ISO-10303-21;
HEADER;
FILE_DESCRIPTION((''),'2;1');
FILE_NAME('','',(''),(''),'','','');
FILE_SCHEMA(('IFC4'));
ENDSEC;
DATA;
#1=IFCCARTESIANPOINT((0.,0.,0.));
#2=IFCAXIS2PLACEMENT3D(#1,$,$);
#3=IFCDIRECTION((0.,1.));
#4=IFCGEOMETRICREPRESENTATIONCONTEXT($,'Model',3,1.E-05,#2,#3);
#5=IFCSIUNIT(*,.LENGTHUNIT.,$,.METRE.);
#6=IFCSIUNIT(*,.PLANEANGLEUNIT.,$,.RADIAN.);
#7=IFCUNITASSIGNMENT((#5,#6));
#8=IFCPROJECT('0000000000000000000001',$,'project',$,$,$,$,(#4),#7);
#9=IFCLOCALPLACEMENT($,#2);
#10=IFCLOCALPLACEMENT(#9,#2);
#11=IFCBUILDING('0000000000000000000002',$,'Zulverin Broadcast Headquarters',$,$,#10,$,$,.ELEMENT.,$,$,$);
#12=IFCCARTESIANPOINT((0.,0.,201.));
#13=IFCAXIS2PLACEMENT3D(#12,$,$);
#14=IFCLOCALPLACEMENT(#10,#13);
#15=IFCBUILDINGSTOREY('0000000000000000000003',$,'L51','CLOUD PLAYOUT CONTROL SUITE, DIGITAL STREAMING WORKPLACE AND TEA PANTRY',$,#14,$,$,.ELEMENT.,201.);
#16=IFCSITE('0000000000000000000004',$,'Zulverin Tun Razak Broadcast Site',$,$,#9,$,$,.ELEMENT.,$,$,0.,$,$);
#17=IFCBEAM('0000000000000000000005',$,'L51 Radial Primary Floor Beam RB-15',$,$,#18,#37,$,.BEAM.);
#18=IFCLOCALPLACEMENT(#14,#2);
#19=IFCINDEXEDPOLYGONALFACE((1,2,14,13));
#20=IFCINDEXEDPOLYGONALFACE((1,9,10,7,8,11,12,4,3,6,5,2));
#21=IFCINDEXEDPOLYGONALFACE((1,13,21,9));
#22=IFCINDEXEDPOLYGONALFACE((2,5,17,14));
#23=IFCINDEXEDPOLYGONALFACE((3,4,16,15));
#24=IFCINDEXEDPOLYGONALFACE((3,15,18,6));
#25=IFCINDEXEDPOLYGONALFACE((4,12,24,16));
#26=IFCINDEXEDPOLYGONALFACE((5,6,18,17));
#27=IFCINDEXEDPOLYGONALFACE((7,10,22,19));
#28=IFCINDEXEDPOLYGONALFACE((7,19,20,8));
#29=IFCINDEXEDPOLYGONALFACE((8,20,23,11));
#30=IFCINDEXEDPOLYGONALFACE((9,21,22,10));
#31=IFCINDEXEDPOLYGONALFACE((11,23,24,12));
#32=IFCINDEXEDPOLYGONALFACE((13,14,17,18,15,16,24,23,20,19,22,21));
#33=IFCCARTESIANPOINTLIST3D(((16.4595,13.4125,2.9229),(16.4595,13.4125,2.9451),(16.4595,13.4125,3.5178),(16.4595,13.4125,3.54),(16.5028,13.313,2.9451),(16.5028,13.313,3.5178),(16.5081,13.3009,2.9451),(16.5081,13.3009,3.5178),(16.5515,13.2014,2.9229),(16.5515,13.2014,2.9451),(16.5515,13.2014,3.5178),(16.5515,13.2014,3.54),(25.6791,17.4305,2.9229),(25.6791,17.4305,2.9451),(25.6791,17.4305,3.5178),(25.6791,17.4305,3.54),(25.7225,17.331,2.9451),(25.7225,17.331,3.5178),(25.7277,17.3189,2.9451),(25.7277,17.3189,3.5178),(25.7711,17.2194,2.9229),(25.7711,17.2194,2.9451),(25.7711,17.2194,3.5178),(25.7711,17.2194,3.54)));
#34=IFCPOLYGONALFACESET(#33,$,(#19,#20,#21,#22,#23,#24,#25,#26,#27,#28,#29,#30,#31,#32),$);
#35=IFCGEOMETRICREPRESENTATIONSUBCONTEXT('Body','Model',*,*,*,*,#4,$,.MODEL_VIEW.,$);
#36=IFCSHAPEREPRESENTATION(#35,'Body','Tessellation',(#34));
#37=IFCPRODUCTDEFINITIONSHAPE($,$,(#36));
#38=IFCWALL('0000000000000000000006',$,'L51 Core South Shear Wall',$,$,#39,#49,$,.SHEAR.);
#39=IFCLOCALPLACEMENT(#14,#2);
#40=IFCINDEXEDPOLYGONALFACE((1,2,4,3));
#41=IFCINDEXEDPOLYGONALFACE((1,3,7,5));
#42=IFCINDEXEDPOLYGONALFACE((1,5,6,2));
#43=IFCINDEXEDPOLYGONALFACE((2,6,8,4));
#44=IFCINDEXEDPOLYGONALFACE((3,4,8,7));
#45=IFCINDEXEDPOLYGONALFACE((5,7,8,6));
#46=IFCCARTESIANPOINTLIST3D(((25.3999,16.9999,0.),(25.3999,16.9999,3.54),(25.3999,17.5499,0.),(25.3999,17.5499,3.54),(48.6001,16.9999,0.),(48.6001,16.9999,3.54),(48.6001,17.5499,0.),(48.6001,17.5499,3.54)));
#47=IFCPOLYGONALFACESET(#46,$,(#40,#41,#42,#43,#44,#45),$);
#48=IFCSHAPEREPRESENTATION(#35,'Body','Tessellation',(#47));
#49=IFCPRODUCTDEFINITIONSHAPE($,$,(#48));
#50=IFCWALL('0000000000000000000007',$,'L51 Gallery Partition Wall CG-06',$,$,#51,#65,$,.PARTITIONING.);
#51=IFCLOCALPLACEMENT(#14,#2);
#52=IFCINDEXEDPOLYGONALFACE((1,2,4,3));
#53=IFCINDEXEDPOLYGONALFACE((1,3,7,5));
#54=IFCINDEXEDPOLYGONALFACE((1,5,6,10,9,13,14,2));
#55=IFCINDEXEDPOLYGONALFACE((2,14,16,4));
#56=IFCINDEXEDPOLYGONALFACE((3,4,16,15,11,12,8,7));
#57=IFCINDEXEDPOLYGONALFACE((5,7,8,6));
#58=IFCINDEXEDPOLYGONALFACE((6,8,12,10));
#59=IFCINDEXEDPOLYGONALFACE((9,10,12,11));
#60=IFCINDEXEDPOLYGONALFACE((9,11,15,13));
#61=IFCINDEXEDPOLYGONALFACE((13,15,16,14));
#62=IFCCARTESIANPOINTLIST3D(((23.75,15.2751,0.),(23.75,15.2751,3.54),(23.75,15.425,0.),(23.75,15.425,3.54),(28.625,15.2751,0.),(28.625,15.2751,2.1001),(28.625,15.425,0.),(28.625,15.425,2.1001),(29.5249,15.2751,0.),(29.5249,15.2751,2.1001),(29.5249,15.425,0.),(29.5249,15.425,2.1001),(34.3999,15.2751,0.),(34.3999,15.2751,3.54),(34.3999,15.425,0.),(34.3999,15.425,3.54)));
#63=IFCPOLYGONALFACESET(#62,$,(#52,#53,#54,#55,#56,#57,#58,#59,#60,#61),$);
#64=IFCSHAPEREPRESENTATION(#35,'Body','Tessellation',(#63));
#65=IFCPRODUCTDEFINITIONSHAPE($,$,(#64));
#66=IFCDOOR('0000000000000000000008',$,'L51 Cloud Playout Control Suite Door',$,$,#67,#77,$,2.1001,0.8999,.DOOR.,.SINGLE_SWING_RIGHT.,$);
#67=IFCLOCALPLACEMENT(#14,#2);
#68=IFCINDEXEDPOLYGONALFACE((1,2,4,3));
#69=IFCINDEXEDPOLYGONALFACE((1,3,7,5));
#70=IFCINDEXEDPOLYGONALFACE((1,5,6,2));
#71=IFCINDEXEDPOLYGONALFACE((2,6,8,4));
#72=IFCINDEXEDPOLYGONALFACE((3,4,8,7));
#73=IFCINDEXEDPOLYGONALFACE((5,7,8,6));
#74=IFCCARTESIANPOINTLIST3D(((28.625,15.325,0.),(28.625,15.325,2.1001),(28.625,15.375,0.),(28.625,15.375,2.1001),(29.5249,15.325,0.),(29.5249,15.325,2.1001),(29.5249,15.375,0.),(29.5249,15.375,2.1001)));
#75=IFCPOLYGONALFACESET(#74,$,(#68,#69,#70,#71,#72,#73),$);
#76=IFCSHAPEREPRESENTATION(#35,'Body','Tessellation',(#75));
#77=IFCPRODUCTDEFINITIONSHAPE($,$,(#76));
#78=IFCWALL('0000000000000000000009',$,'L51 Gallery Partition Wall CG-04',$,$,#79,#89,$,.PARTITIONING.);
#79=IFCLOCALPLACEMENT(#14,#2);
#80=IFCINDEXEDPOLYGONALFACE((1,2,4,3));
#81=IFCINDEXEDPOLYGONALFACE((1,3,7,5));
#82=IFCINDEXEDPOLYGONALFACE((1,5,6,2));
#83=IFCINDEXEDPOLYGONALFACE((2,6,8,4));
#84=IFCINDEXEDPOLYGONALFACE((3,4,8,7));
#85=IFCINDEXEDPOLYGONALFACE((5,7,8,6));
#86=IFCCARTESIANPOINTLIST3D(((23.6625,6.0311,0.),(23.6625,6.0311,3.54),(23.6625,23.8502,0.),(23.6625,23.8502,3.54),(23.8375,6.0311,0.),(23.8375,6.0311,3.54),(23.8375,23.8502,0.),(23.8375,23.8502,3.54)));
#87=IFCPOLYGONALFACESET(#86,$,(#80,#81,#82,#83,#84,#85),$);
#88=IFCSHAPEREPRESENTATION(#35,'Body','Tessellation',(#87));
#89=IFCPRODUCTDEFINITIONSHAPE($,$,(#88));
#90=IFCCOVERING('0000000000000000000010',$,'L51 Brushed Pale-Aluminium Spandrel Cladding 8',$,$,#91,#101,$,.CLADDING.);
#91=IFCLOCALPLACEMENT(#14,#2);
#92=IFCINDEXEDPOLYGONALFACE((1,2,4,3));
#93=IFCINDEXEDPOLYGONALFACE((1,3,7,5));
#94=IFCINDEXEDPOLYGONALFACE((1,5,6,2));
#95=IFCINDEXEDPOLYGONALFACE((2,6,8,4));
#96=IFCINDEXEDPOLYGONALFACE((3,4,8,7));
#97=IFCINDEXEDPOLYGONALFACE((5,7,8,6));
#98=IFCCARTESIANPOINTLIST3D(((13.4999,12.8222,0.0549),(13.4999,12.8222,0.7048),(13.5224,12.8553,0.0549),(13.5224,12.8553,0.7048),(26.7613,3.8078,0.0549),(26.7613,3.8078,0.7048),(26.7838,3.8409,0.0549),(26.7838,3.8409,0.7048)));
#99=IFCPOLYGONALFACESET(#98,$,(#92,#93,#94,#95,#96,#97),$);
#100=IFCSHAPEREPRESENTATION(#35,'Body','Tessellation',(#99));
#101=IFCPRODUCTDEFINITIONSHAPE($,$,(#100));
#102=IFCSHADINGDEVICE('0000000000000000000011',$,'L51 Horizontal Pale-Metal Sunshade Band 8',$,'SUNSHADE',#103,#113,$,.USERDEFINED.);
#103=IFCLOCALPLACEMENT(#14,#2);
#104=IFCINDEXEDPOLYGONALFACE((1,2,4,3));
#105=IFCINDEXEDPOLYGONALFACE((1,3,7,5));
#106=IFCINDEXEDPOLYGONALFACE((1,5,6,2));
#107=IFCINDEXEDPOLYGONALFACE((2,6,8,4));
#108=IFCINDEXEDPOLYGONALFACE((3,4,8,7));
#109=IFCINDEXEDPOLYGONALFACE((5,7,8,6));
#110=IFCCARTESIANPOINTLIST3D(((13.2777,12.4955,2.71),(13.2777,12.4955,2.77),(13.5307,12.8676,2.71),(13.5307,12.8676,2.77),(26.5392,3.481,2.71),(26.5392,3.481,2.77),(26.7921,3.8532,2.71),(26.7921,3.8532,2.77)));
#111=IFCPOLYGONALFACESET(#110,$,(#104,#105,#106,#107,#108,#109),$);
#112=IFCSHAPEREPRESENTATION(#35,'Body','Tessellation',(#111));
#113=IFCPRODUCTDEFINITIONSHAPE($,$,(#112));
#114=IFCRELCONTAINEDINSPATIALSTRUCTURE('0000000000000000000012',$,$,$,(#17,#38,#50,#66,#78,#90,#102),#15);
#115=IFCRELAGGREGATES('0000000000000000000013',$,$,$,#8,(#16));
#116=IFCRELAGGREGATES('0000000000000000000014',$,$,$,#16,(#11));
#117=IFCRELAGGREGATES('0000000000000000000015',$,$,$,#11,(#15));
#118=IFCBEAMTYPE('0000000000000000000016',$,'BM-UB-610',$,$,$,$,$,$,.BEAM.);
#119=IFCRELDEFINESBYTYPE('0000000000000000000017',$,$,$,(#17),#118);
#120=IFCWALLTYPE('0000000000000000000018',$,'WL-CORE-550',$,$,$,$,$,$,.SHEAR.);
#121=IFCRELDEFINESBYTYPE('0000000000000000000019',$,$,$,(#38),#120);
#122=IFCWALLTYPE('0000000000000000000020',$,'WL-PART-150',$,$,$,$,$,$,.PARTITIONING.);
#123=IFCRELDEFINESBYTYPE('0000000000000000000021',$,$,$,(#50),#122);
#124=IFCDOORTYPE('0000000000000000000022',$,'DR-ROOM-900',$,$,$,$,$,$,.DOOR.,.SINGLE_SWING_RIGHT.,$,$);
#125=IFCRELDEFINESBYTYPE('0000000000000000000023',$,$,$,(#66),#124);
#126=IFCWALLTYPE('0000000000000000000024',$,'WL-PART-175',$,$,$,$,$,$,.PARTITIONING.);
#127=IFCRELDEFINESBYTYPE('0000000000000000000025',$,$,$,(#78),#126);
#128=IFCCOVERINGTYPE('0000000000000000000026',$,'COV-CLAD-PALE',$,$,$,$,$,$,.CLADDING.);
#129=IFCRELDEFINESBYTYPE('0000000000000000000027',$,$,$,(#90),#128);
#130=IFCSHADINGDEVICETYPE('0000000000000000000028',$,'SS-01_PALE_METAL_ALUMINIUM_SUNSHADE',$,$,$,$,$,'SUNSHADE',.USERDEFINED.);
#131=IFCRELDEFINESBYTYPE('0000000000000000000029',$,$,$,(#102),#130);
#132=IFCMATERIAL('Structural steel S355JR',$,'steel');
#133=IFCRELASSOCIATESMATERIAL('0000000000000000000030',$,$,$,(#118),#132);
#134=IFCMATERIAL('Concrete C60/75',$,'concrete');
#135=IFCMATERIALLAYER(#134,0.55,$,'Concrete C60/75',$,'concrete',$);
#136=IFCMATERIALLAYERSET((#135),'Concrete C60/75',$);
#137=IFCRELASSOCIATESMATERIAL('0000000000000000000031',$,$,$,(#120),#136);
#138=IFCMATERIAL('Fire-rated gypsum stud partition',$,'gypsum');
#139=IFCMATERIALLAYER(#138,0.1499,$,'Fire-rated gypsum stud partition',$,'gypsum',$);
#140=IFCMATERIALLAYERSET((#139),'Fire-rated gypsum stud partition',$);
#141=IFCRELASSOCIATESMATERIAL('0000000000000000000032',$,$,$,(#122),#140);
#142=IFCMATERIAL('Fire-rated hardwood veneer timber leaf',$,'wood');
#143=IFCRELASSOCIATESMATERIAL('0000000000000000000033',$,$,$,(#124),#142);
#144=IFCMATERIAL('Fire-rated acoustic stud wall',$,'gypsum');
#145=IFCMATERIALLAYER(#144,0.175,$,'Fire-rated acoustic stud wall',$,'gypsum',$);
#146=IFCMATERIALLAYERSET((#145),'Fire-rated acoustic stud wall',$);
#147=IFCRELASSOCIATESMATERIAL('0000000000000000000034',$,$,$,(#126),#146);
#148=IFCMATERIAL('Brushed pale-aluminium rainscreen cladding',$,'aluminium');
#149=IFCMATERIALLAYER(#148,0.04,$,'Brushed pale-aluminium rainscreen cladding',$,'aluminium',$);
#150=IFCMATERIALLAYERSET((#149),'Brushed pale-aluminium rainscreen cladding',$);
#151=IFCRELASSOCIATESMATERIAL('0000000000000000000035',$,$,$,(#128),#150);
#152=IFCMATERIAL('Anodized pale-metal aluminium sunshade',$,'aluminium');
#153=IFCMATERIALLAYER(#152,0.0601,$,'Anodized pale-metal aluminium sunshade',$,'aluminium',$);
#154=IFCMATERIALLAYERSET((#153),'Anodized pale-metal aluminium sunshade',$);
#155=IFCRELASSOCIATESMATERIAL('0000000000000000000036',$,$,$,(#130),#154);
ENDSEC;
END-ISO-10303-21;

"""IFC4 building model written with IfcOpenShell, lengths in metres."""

from ifc_helpers import new_model, si_unit, direction, frame, frame_2d, origin, origin_2d, place, context, subcontext, project, spatial, rectangle, i_section, extrude, material, layer, layer_set, material_profile, profile_set, type_object, element, fill, save


model = new_model("IFC4")

# Units and contexts
model_context = context("Model", 3, precision=1e-05, world=origin(), true_north=direction((0.0, 1.0)))
body_context = subcontext(model_context, "Body", "Model", "MODEL_VIEW")
ifc_project = project(units=[si_unit("LENGTHUNIT", "METRE"), si_unit("PLANEANGLEUNIT", "RADIAN")], contexts=[model_context])

# Site, building, storey
site_placement = place(None, origin())
site = spatial("IfcSite", under=ifc_project, at=site_placement, Name="Zulverin Tun Razak Broadcast Site", CompositionType="ELEMENT", RefElevation=0.0)
building_placement = place(site_placement, origin())
building = spatial("IfcBuilding", under=site, at=building_placement, Name="Zulverin Broadcast Headquarters", CompositionType="ELEMENT")
storey_placement = place(building_placement, frame((0.0, 0.0, 201.0)))
storey = spatial("IfcBuildingStorey", under=building, at=storey_placement, Name="L51", Description="CLOUD PLAYOUT CONTROL SUITE, DIGITAL STREAMING WORKPLACE AND TEA PANTRY", CompositionType="ELEMENT", Elevation=201.0)

# Beam
ifc_material_1 = material(Name="Concrete C60/75", Category="concrete")
ifc_material_2 = material(Name="Structural steel S355JR", Category="steel")
ifc_material_profile_1 = material_profile(ifc_material_2, i_section(OverallWidth=0.2302, OverallDepth=0.6172, WebThickness=0.0132, FlangeThickness=0.0222, at=origin_2d()), Name="Structural steel S355JR", Category="steel")
ifc_profile_set_1 = profile_set([ifc_material_profile_1], Name="Structural steel S355JR")
beam_type_1 = type_object("IfcBeamType", Name="BM-UB-610", PredefinedType="BEAM", material=ifc_profile_set_1)
beam_1_placement = place(storey_placement, frame((25.7251, 17.325, 3.2314), z_axis=(-0.916725, -0.39952, 0.0), x_axis=(0.39952, -0.916725, 0.0)))
element("IfcBeam", 1, at=beam_1_placement, inside=storey, type_object=beam_type_1, Name="L51 Radial Primary Floor Beam RB-15", PredefinedType="BEAM", context=body_context, shape_type="SweptSolid", body=[
    extrude(i_section(OverallWidth=0.2302, OverallDepth=0.6172, WebThickness=0.0132, FlangeThickness=0.0222, at=origin_2d()), origin(), (0.0, 0.0, 1.0), 10.0571),
])

# Wall
ifc_layer_1 = layer(ifc_material_1, 0.55, Name="Concrete C60/75", Category="concrete")
ifc_layer_set_1 = layer_set([ifc_layer_1], Name="Concrete C60/75")
wall_type_1 = type_object("IfcWallType", Name="WL-CORE-550", PredefinedType="SHEAR", material=ifc_layer_set_1)
wall_1_placement = place(storey_placement, frame((25.3999, 17.2749, 0.0), z_axis=(0.0, 0.0, 1.0), x_axis=(1.0, 0.0, 0.0)))
element("IfcWall", 2, at=wall_1_placement, inside=storey, type_object=wall_type_1, Name="L51 Core South Shear Wall", PredefinedType="SHEAR", context=body_context, shape_type="SweptSolid", body=[
    extrude(rectangle(XDim=23.2002, YDim=0.55, at=frame_2d((11.6001, 0.0))), origin(), (0.0, 0.0, 1.0), 3.54),
])

# Wall, opening, door
ifc_material_3 = material(Name="Fire-rated gypsum stud partition", Category="gypsum")
ifc_layer_2 = layer(ifc_material_3, 0.1499, Name="Fire-rated gypsum stud partition", Category="gypsum")
ifc_layer_set_2 = layer_set([ifc_layer_2], Name="Fire-rated gypsum stud partition")
wall_type_2 = type_object("IfcWallType", Name="WL-PART-150", PredefinedType="PARTITIONING", material=ifc_layer_set_2)
wall_2_placement = place(storey_placement, frame((23.75, 15.3501, 0.0), z_axis=(0.0, 0.0, 1.0), x_axis=(1.0, 0.0, 0.0)))
wall_2 = element("IfcWall", 3, at=wall_2_placement, inside=storey, type_object=wall_type_2, Name="L51 Gallery Partition Wall CG-06", PredefinedType="PARTITIONING", context=body_context, shape_type="SweptSolid", body=[
    extrude(rectangle(XDim=10.6499, YDim=0.1499, at=frame_2d((5.325, 0.0))), origin(), (0.0, 0.0, 1.0), 3.54),
])
opening_1_placement = place(wall_2_placement, frame((4.875, 0.0, 0.0)))
opening_1 = element("IfcOpeningElement", 4, at=opening_1_placement, cuts=wall_2, PredefinedType="OPENING", context=body_context, shape_type="SweptSolid", body=[
    extrude(rectangle(XDim=0.8999, YDim=2.1001, at=frame_2d((0.45, 1.05))), frame((0.0, 0.085, 0.0), z_axis=(0.0, -1.0, 0.0), x_axis=(1.0, 0.0, 0.0)), (0.0, 0.0, 1.0), 0.1699),
])
ifc_material_4 = material(Name="Fire-rated hardwood veneer timber leaf", Category="wood")
door_type_1 = type_object("IfcDoorType", Name="DR-ROOM-900", OperationType="SINGLE_SWING_RIGHT", PredefinedType="DOOR", material=ifc_material_4)
door_1_placement = place(opening_1_placement, origin())
door_1 = element("IfcDoor", 5, at=door_1_placement, inside=storey, type_object=door_type_1, Name="L51 Cloud Playout Control Suite Door", OperationType="SINGLE_SWING_RIGHT", OverallHeight=2.1001, OverallWidth=0.8999, PredefinedType="DOOR", context=body_context, shape_type="SweptSolid", body=[
    extrude(rectangle(XDim=0.8999, YDim=2.1001, at=frame_2d((0.45, 1.05))), frame((0.0, 0.0249, 0.0), z_axis=(0.0, -1.0, 0.0), x_axis=(1.0, 0.0, 0.0)), (0.0, 0.0, 1.0), 0.05),
])
fill(opening_1, door_1)

# Wall
ifc_material_5 = material(Name="Fire-rated acoustic stud wall", Category="gypsum")
ifc_layer_3 = layer(ifc_material_5, 0.175, Name="Fire-rated acoustic stud wall", Category="gypsum")
ifc_layer_set_3 = layer_set([ifc_layer_3], Name="Fire-rated acoustic stud wall")
wall_type_3 = type_object("IfcWallType", Name="WL-PART-175", PredefinedType="PARTITIONING", material=ifc_layer_set_3)
wall_3_placement = place(storey_placement, frame((23.75, 6.031, 0.0), z_axis=(0.0, 0.0, 1.0), x_axis=(0.0, 1.0, 0.0)))
element("IfcWall", 6, at=wall_3_placement, inside=storey, type_object=wall_type_3, Name="L51 Gallery Partition Wall CG-04", PredefinedType="PARTITIONING", context=body_context, shape_type="SweptSolid", body=[
    extrude(rectangle(XDim=17.8191, YDim=0.175, at=frame_2d((8.9097, 0.0))), origin(), (0.0, 0.0, 1.0), 3.54),
])

# Covering
ifc_material_6 = material(Name="Brushed pale-aluminium rainscreen cladding", Category="aluminium")
ifc_layer_4 = layer(ifc_material_6, 0.04, Name="Brushed pale-aluminium rainscreen cladding", Category="aluminium")
ifc_layer_set_4 = layer_set([ifc_layer_4], Name="Brushed pale-aluminium rainscreen cladding")
covering_type = type_object("IfcCoveringType", Name="COV-CLAD-PALE", PredefinedType="CLADDING", material=ifc_layer_set_4)
covering_placement = place(storey_placement, frame((20.1418, 8.3315, 0.0549), z_axis=(0.0, 0.0, 1.0), x_axis=(0.827025, -0.562166, 0.0)))
element("IfcCovering", 7, at=covering_placement, inside=storey, type_object=covering_type, Name="L51 Brushed Pale-Aluminium Spandrel Cladding 8", PredefinedType="CLADDING", context=body_context, shape_type="SweptSolid", body=[
    extrude(rectangle(XDim=16.0352, YDim=0.04, at=origin_2d()), origin(), (0.0, 0.0, 1.0), 0.6499),
])

# Shading device
ifc_material_7 = material(Name="Anodized pale-metal aluminium sunshade", Category="aluminium")
ifc_layer_5 = layer(ifc_material_7, 0.0601, Name="Anodized pale-metal aluminium sunshade", Category="aluminium")
ifc_layer_set_5 = layer_set([ifc_layer_5], Name="Anodized pale-metal aluminium sunshade")
shading_device_type = type_object("IfcShadingDeviceType", Name="SS-01_PALE_METAL_ALUMINIUM_SUNSHADE", ElementType="SUNSHADE", PredefinedType="USERDEFINED", material=ifc_layer_set_5)
shading_device_placement = place(storey_placement, frame((20.0349, 8.1743, 2.71), z_axis=(0.0, 0.0, 1.0), x_axis=(0.827025, -0.562166, 0.0)))
element("IfcShadingDevice", 8, at=shading_device_placement, inside=storey, type_object=shading_device_type, Name="L51 Horizontal Pale-Metal Sunshade Band 8", ObjectType="SUNSHADE", PredefinedType="USERDEFINED", context=body_context, shape_type="SweptSolid", body=[
    extrude(rectangle(XDim=16.0352, YDim=0.45, at=origin_2d()), origin(), (0.0, 0.0, 1.0), 0.0601),
])

save(model, "model.ifc")
